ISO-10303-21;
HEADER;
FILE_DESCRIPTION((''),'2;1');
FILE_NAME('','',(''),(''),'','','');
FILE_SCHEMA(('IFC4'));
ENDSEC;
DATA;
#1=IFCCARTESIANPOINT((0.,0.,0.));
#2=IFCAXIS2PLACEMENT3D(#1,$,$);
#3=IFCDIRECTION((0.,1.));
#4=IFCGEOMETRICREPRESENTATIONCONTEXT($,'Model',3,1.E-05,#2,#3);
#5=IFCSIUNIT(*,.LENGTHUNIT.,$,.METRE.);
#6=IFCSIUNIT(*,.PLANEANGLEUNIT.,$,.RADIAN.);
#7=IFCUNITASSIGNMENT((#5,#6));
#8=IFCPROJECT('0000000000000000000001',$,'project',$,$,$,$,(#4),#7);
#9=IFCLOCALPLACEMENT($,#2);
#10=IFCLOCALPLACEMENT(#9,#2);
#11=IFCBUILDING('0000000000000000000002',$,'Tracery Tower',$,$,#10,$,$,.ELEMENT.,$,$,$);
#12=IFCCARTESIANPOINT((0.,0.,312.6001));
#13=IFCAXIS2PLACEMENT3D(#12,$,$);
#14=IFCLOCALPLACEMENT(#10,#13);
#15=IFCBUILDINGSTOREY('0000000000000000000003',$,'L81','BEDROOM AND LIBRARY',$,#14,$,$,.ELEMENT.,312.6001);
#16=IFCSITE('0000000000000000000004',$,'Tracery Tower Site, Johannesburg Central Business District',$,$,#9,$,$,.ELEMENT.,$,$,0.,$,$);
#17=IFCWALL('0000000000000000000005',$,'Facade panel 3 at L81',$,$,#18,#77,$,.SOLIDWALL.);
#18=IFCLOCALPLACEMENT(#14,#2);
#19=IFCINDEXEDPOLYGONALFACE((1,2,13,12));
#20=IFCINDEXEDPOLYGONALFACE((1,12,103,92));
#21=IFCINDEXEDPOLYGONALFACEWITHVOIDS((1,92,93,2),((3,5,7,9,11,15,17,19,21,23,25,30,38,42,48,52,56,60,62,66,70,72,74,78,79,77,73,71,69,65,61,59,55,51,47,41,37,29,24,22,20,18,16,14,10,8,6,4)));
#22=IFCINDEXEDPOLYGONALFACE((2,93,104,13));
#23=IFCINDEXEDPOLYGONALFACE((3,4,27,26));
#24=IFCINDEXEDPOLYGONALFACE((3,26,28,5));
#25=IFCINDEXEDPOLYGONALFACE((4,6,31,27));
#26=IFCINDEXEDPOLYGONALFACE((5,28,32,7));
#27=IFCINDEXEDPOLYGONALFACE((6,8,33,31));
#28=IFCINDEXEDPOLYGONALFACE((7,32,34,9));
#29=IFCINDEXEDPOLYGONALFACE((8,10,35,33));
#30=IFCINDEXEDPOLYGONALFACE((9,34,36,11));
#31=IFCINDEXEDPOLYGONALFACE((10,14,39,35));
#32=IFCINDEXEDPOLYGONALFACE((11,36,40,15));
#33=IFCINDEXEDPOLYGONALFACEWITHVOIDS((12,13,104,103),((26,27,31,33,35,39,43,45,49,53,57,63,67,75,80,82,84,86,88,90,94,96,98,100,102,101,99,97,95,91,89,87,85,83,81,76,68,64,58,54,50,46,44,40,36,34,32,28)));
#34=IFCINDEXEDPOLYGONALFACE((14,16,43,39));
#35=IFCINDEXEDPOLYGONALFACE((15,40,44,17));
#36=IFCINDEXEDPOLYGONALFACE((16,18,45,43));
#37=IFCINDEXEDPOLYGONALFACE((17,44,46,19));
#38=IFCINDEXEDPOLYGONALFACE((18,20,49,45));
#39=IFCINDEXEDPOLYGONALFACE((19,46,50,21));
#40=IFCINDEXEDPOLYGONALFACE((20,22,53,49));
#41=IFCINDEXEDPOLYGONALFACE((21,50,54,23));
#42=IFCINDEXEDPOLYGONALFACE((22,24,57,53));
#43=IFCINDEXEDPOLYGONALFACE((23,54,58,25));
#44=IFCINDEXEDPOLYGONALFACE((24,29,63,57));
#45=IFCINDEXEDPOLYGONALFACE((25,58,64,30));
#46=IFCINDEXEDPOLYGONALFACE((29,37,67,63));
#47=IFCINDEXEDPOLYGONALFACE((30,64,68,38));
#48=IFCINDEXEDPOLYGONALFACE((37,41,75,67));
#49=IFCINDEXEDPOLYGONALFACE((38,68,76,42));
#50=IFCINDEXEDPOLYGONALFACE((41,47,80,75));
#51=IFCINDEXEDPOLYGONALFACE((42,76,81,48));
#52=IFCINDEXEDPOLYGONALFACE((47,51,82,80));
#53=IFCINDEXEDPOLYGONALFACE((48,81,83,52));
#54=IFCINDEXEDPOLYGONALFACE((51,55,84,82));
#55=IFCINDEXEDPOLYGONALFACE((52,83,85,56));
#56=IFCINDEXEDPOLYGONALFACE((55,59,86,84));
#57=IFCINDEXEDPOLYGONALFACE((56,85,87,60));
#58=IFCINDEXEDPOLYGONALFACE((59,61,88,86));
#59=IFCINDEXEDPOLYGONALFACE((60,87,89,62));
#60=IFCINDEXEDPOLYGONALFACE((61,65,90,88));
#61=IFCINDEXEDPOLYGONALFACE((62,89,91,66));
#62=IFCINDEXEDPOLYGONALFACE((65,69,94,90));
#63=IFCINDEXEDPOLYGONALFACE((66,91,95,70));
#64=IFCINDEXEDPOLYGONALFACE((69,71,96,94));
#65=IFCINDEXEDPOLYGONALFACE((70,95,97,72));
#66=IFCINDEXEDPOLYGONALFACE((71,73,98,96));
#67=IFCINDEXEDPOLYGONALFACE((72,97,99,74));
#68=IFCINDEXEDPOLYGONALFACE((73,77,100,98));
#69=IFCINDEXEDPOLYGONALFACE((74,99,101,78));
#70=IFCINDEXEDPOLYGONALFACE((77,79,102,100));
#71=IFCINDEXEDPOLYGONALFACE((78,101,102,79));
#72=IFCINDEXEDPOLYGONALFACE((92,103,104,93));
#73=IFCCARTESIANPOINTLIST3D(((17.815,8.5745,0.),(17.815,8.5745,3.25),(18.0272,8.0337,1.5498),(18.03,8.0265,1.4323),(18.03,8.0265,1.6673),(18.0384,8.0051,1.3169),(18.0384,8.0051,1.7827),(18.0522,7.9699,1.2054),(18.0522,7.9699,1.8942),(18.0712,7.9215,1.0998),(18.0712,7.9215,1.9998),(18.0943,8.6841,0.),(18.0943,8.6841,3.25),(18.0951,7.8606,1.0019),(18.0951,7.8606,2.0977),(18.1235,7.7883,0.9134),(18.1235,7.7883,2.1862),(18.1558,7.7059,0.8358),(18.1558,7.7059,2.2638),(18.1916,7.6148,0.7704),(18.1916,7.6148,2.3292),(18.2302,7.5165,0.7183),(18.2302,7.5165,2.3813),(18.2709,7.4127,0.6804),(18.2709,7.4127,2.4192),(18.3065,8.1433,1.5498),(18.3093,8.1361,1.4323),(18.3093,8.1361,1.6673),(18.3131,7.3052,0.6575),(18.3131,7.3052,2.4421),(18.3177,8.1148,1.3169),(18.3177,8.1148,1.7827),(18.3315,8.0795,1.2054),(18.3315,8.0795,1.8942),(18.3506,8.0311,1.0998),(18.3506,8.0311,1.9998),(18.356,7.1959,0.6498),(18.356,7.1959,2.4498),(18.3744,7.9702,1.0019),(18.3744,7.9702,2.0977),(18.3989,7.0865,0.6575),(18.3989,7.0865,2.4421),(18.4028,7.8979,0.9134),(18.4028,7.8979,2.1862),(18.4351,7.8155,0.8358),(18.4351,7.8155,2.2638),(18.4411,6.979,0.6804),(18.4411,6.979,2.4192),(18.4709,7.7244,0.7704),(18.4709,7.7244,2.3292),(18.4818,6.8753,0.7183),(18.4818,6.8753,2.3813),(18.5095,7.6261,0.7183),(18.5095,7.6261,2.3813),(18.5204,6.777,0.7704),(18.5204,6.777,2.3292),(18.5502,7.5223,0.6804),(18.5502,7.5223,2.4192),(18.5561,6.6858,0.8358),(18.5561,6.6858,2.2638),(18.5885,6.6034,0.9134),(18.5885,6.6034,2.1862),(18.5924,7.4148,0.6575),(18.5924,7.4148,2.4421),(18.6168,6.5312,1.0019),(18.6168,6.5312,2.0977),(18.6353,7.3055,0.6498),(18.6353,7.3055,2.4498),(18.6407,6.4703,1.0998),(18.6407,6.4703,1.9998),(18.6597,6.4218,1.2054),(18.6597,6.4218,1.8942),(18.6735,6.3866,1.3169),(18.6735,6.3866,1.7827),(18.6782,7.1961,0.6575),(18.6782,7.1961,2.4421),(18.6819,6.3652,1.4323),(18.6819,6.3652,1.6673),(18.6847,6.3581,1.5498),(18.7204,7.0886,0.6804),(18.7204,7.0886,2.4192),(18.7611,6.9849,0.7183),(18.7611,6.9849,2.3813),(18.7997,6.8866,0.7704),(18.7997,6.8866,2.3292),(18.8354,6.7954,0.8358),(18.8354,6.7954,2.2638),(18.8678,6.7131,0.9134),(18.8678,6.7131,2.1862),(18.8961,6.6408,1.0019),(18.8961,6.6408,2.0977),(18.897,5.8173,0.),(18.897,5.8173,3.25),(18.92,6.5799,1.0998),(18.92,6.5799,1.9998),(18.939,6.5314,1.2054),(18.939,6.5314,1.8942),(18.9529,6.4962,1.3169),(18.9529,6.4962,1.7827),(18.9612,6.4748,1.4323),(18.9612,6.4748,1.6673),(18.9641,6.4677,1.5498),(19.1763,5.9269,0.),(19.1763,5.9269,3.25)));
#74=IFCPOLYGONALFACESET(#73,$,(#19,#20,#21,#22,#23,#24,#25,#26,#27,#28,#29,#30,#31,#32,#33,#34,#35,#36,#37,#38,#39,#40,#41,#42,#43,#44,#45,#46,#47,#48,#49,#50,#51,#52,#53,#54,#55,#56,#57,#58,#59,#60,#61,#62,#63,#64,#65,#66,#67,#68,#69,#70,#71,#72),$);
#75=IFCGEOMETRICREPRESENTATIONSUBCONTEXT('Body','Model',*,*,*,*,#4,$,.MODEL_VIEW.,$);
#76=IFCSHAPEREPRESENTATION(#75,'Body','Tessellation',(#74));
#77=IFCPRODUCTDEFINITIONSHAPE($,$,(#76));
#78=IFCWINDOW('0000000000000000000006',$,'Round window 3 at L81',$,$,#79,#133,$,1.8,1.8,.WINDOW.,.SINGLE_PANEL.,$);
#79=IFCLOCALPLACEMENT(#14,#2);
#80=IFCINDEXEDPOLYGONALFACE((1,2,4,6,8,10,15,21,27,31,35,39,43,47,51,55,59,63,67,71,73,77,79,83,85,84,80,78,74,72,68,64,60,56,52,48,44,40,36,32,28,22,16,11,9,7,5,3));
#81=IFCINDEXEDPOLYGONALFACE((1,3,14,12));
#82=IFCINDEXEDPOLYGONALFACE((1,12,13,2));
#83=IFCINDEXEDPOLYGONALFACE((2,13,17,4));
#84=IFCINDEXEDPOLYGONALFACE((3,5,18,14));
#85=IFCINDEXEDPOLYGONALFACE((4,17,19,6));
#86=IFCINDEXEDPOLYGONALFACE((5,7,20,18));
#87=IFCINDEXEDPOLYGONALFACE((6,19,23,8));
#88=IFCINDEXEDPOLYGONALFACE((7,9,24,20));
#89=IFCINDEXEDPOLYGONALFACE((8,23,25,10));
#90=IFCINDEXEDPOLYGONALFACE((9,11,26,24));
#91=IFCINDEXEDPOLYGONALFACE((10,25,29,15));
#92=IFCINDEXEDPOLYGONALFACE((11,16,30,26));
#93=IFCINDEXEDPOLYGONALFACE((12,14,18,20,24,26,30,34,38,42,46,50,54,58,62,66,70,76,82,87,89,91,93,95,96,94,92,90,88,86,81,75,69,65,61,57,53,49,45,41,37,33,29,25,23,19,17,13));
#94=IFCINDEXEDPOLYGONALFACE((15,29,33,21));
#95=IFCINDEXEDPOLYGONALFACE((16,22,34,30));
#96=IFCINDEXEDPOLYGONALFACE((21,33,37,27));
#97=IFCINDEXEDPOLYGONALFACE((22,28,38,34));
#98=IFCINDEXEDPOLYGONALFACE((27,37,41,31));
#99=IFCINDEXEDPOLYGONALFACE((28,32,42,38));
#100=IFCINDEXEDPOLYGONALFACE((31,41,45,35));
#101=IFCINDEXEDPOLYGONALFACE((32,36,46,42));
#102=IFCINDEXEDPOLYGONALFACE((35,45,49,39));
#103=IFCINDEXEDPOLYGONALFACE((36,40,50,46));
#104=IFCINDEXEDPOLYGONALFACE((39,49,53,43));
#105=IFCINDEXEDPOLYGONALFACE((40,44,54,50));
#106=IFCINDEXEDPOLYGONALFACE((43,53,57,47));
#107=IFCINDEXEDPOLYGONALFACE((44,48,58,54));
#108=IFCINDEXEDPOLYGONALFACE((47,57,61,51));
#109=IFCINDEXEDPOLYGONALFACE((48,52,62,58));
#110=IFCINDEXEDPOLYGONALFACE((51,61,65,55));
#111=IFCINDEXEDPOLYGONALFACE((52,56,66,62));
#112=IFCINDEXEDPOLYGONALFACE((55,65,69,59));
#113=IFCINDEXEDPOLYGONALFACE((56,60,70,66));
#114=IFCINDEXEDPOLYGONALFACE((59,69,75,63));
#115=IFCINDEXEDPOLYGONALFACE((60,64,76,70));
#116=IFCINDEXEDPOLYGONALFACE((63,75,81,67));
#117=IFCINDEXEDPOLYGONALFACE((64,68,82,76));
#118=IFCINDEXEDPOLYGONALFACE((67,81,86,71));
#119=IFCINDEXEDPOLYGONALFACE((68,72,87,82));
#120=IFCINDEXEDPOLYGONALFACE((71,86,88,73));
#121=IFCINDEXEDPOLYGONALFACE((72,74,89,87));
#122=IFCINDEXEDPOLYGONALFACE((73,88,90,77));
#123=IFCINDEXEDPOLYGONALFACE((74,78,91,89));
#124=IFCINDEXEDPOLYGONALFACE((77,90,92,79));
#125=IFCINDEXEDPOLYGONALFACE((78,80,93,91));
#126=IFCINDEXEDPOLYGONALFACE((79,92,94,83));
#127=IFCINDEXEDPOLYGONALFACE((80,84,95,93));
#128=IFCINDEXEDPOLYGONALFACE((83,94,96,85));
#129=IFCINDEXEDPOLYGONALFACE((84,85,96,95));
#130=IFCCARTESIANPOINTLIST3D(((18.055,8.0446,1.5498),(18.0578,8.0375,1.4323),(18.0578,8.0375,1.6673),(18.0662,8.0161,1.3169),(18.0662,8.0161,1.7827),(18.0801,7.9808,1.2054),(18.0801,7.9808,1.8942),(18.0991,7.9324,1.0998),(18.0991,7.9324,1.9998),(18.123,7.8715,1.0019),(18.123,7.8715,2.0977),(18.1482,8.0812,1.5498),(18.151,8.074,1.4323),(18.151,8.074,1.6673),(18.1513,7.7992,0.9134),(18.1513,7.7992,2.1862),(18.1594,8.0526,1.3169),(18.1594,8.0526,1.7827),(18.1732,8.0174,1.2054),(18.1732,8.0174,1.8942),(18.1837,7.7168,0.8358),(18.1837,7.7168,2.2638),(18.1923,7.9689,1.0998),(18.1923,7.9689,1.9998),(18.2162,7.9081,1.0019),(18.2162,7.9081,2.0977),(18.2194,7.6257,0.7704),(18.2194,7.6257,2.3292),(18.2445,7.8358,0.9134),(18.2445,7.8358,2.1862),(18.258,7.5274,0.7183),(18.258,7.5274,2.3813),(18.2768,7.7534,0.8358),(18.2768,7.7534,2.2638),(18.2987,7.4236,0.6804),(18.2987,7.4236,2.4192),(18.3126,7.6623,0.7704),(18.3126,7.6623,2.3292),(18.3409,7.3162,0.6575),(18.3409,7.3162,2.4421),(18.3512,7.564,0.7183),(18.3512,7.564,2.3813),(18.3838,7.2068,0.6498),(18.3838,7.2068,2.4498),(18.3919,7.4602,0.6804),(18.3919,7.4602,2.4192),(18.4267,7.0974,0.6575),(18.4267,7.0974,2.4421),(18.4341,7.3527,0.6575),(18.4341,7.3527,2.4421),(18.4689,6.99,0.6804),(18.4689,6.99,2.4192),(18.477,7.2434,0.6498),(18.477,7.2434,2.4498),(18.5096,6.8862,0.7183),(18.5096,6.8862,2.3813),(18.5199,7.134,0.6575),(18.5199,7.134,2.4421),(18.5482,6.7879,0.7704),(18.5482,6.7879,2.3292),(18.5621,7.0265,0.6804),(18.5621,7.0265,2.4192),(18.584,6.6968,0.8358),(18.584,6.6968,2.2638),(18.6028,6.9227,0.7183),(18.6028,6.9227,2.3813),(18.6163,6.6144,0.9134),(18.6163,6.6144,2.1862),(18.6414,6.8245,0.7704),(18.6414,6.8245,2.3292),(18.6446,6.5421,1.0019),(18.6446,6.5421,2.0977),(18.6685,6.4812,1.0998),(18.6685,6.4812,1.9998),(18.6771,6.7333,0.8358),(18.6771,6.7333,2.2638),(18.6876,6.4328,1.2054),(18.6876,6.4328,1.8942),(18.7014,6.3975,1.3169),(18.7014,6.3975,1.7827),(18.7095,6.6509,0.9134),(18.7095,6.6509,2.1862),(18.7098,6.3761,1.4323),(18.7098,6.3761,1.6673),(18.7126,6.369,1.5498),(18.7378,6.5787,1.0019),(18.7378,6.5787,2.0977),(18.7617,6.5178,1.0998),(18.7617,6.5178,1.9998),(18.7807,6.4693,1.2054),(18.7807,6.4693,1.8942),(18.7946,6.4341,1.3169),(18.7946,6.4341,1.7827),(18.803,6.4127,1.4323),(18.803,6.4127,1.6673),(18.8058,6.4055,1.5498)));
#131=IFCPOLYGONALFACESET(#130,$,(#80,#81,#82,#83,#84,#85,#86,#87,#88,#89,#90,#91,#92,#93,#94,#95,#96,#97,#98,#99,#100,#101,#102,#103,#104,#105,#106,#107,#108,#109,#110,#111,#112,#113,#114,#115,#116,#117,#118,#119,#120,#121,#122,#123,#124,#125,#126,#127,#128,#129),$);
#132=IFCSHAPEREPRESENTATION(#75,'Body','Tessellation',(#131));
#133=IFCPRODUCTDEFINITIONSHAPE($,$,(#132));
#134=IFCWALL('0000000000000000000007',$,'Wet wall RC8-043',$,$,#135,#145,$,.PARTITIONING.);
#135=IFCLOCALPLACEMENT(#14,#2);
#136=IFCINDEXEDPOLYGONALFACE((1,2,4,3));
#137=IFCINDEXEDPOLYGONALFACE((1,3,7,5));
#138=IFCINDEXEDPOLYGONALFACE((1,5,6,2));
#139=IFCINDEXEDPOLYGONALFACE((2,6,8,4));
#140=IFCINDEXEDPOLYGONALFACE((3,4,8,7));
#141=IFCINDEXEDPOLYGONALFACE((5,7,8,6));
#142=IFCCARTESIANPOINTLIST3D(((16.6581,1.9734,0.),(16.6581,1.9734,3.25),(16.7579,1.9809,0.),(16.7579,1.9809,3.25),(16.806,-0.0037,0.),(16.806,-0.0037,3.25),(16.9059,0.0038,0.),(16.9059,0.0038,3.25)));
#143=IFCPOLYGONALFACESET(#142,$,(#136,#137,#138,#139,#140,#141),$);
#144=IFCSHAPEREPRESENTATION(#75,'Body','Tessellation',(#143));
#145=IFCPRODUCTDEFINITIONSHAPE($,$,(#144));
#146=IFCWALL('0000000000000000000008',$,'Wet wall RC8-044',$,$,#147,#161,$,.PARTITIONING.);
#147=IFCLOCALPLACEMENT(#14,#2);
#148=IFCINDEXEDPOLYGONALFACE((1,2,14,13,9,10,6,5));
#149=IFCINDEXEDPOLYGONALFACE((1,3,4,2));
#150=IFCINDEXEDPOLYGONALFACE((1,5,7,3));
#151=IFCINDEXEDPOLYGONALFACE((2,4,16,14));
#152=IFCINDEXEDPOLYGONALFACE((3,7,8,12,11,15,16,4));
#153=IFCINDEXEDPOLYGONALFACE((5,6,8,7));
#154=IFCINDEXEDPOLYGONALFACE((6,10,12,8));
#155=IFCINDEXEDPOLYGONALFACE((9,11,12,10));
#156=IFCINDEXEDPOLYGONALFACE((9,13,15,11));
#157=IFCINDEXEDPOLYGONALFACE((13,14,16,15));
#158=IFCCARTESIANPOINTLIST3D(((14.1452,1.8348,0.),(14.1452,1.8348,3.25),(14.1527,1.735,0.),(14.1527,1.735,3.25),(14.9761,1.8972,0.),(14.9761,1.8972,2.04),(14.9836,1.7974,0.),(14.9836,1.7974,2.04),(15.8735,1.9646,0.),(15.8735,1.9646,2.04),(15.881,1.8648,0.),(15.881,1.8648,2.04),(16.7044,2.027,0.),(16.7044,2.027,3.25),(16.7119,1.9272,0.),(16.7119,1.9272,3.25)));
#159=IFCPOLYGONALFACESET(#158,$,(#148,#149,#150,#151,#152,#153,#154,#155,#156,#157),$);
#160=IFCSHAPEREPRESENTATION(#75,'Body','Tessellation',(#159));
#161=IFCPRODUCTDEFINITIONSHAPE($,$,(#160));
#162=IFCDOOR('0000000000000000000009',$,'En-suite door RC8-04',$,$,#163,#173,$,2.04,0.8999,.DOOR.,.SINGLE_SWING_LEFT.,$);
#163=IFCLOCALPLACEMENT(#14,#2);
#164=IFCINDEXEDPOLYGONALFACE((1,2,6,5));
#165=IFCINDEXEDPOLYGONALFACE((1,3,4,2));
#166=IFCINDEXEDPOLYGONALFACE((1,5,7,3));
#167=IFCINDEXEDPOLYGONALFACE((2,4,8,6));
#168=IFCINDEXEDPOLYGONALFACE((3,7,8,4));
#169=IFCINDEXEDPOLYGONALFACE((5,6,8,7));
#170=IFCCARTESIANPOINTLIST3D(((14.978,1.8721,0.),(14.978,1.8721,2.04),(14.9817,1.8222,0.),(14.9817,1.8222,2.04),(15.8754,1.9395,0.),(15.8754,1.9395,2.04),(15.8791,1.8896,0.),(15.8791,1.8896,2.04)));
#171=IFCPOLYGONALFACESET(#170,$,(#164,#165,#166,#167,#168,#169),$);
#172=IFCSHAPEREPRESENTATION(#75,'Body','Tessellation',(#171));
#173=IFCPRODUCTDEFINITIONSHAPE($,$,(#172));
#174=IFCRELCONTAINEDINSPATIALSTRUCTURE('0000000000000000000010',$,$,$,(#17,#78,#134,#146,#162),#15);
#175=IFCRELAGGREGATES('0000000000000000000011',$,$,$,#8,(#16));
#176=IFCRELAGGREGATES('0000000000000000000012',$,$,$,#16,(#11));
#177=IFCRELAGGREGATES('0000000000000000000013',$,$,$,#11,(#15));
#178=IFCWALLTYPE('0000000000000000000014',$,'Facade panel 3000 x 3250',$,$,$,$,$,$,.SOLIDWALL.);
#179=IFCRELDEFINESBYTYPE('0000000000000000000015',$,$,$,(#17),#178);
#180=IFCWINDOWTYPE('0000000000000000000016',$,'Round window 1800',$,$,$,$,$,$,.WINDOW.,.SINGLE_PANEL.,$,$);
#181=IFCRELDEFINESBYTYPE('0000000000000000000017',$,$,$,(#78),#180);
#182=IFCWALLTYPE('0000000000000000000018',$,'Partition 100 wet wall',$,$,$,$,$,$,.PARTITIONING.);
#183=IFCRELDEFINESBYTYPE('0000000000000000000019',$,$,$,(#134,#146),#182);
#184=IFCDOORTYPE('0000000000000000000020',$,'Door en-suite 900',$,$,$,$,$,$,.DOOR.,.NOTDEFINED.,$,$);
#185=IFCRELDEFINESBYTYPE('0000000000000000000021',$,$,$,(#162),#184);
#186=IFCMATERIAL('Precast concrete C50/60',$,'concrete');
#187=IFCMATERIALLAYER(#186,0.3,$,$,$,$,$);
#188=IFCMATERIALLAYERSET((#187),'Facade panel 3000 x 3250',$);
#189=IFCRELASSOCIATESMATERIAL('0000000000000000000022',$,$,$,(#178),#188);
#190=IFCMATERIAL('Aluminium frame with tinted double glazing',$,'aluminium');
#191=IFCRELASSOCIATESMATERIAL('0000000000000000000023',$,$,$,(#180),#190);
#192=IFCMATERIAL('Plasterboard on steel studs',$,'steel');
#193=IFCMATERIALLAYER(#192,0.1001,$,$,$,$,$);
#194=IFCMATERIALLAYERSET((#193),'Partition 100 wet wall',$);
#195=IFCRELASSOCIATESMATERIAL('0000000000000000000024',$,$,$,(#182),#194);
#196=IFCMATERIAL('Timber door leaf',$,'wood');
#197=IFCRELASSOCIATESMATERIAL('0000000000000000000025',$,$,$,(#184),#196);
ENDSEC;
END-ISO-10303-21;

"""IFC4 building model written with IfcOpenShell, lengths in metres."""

from ifc_helpers import new_model, si_unit, direction, frame, frame_2d, origin, origin_2d, place, context, subcontext, project, spatial, rectangle, circle, extrude, material, layer, layer_set, type_object, element, fill, save


model = new_model("IFC4")

# Units and contexts
model_context = context("Model", 3, precision=1e-05, world=origin(), true_north=direction((0.0, 1.0)))
body_context = subcontext(model_context, "Body", "Model", "MODEL_VIEW")
ifc_project = project(units=[si_unit("LENGTHUNIT", "METRE"), si_unit("PLANEANGLEUNIT", "RADIAN")], contexts=[model_context])

# Site, building, storey
site_placement = place(None, origin())
site = spatial("IfcSite", under=ifc_project, at=site_placement, Name="Tracery Tower Site, Johannesburg Central Business District", CompositionType="ELEMENT", RefElevation=0.0)
building_placement = place(site_placement, origin())
building = spatial("IfcBuilding", under=site, at=building_placement, Name="Tracery Tower", CompositionType="ELEMENT")
storey_placement = place(building_placement, frame((0.0, 0.0, 312.6001)))
storey = spatial("IfcBuildingStorey", under=building, at=storey_placement, Name="L81", Description="BEDROOM AND LIBRARY", CompositionType="ELEMENT", Elevation=312.6001)

# Wall, opening, window
ifc_material_1 = material(Name="Precast concrete C50/60", Category="concrete")
ifc_layer_1 = layer(ifc_material_1, 0.3)
ifc_layer_set_1 = layer_set([ifc_layer_1], Name="Facade panel 3000 x 3250")
wall_type_1 = type_object("IfcWallType", Name="Facade panel 3000 x 3250", PredefinedType="SOLIDWALL", material=ifc_layer_set_1)
ifc_material_2 = material(Name="Aluminium frame with tinted double glazing", Category="aluminium")
window_type = type_object("IfcWindowType", Name="Round window 1800", PartitioningType="SINGLE_PANEL", PredefinedType="WINDOW", material=ifc_material_2)
wall_1_placement = place(storey_placement, frame((19.0366, 5.8721, 0.0), z_axis=(0.0, 0.0, 1.0), x_axis=(-0.3653, 0.93089, 0.0)))
wall_1 = element("IfcWall", 1, at=wall_1_placement, inside=storey, type_object=wall_type_1, Name="Facade panel 3 at L81", PredefinedType="SOLIDWALL", context=body_context, shape_type="SweptSolid", body=[
    extrude(rectangle(XDim=2.9619, YDim=0.3, at=frame_2d((1.481, 0.0))), origin(), (0.0, 0.0, 1.0), 3.25),
])
opening_1_placement = place(wall_1_placement, frame((1.481, 0.0, 1.5498)))
opening_1 = element("IfcOpeningElement", 2, at=opening_1_placement, cuts=wall_1, PredefinedType="OPENING", context=body_context, shape_type="SweptSolid", body=[
    extrude(circle(Radius=0.9, at=origin_2d()), frame((0.0, 0.1599, 0.0), z_axis=(0.0, -1.0, 0.0), x_axis=(1.0, 0.0, 0.0)), (0.0, 0.0, 1.0), 0.3201),
])
window_1_placement = place(opening_1_placement, origin())
window_1 = element("IfcWindow", 3, at=window_1_placement, inside=storey, type_object=window_type, Name="Round window 3 at L81", OverallHeight=1.8, OverallWidth=1.8, PartitioningType="SINGLE_PANEL", PredefinedType="WINDOW", context=body_context, shape_type="SweptSolid", body=[
    extrude(circle(Radius=0.9, at=origin_2d()), frame((0.0, 0.1201, 0.0), z_axis=(0.0, -1.0, 0.0), x_axis=(1.0, 0.0, 0.0)), (0.0, 0.0, 1.0), 0.1001),
])
fill(opening_1, window_1)

# Wall
ifc_material_3 = material(Name="Plasterboard on steel studs", Category="steel")
ifc_layer_2 = layer(ifc_material_3, 0.1001)
ifc_layer_set_2 = layer_set([ifc_layer_2], Name="Partition 100 wet wall")
wall_type_2 = type_object("IfcWallType", Name="Partition 100 wet wall", PredefinedType="PARTITIONING", material=ifc_layer_set_2)
wall_2_placement = place(storey_placement, frame((16.708, 1.9771, 0.0), z_axis=(0.0, 0.0, 1.0), x_axis=(0.074625, -0.997212, 0.0)))
element("IfcWall", 4, at=wall_2_placement, inside=storey, type_object=wall_type_2, Name="Wet wall RC8-043", PredefinedType="PARTITIONING", context=body_context, shape_type="SweptSolid", body=[
    extrude(rectangle(XDim=1.9827, YDim=0.1001, at=frame_2d((0.9912, 0.0))), origin(), (0.0, 0.0, 1.0), 3.25),
])

# Wall, opening, door
wall_3_placement = place(storey_placement, frame((14.1489, 1.7849, 0.0), z_axis=(0.0, 0.0, 1.0), x_axis=(0.997193, 0.07487, 0.0)))
wall_3 = element("IfcWall", 5, at=wall_3_placement, inside=storey, type_object=wall_type_2, Name="Wet wall RC8-044", PredefinedType="PARTITIONING", context=body_context, shape_type="SweptSolid", body=[
    extrude(rectangle(XDim=2.5664, YDim=0.1001, at=frame_2d((1.2832, 0.0))), origin(), (0.0, 0.0, 1.0), 3.25),
])
opening_2_placement = place(wall_3_placement, frame((0.8333, 0.0, 0.0)))
opening_2 = element("IfcOpeningElement", 6, at=opening_2_placement, cuts=wall_3, PredefinedType="OPENING", context=body_context, shape_type="SweptSolid", body=[
    extrude(rectangle(XDim=0.8999, YDim=2.04, at=frame_2d((0.45, 1.02))), frame((0.0, 0.05, 0.0), z_axis=(0.0, -1.0, 0.0), x_axis=(1.0, 0.0, 0.0)), (0.0, 0.0, 1.0), 0.1001),
])
ifc_material_4 = material(Name="Timber door leaf", Category="wood")
door_type_1 = type_object("IfcDoorType", Name="Door en-suite 900", OperationType="NOTDEFINED", PredefinedType="DOOR", material=ifc_material_4)
door_1_placement = place(opening_2_placement, origin())
door_1 = element("IfcDoor", 7, at=door_1_placement, inside=storey, type_object=door_type_1, Name="En-suite door RC8-04", OperationType="SINGLE_SWING_LEFT", OverallHeight=2.04, OverallWidth=0.8999, PredefinedType="DOOR", context=body_context, shape_type="SweptSolid", body=[
    extrude(rectangle(XDim=0.8999, YDim=2.04, at=frame_2d((0.45, 1.02))), frame((0.0, 0.0249, 0.0), z_axis=(0.0, -1.0, 0.0), x_axis=(1.0, 0.0, 0.0)), (0.0, 0.0, 1.0), 0.05),
])
fill(opening_2, door_1)

save(model, "model.ifc")
